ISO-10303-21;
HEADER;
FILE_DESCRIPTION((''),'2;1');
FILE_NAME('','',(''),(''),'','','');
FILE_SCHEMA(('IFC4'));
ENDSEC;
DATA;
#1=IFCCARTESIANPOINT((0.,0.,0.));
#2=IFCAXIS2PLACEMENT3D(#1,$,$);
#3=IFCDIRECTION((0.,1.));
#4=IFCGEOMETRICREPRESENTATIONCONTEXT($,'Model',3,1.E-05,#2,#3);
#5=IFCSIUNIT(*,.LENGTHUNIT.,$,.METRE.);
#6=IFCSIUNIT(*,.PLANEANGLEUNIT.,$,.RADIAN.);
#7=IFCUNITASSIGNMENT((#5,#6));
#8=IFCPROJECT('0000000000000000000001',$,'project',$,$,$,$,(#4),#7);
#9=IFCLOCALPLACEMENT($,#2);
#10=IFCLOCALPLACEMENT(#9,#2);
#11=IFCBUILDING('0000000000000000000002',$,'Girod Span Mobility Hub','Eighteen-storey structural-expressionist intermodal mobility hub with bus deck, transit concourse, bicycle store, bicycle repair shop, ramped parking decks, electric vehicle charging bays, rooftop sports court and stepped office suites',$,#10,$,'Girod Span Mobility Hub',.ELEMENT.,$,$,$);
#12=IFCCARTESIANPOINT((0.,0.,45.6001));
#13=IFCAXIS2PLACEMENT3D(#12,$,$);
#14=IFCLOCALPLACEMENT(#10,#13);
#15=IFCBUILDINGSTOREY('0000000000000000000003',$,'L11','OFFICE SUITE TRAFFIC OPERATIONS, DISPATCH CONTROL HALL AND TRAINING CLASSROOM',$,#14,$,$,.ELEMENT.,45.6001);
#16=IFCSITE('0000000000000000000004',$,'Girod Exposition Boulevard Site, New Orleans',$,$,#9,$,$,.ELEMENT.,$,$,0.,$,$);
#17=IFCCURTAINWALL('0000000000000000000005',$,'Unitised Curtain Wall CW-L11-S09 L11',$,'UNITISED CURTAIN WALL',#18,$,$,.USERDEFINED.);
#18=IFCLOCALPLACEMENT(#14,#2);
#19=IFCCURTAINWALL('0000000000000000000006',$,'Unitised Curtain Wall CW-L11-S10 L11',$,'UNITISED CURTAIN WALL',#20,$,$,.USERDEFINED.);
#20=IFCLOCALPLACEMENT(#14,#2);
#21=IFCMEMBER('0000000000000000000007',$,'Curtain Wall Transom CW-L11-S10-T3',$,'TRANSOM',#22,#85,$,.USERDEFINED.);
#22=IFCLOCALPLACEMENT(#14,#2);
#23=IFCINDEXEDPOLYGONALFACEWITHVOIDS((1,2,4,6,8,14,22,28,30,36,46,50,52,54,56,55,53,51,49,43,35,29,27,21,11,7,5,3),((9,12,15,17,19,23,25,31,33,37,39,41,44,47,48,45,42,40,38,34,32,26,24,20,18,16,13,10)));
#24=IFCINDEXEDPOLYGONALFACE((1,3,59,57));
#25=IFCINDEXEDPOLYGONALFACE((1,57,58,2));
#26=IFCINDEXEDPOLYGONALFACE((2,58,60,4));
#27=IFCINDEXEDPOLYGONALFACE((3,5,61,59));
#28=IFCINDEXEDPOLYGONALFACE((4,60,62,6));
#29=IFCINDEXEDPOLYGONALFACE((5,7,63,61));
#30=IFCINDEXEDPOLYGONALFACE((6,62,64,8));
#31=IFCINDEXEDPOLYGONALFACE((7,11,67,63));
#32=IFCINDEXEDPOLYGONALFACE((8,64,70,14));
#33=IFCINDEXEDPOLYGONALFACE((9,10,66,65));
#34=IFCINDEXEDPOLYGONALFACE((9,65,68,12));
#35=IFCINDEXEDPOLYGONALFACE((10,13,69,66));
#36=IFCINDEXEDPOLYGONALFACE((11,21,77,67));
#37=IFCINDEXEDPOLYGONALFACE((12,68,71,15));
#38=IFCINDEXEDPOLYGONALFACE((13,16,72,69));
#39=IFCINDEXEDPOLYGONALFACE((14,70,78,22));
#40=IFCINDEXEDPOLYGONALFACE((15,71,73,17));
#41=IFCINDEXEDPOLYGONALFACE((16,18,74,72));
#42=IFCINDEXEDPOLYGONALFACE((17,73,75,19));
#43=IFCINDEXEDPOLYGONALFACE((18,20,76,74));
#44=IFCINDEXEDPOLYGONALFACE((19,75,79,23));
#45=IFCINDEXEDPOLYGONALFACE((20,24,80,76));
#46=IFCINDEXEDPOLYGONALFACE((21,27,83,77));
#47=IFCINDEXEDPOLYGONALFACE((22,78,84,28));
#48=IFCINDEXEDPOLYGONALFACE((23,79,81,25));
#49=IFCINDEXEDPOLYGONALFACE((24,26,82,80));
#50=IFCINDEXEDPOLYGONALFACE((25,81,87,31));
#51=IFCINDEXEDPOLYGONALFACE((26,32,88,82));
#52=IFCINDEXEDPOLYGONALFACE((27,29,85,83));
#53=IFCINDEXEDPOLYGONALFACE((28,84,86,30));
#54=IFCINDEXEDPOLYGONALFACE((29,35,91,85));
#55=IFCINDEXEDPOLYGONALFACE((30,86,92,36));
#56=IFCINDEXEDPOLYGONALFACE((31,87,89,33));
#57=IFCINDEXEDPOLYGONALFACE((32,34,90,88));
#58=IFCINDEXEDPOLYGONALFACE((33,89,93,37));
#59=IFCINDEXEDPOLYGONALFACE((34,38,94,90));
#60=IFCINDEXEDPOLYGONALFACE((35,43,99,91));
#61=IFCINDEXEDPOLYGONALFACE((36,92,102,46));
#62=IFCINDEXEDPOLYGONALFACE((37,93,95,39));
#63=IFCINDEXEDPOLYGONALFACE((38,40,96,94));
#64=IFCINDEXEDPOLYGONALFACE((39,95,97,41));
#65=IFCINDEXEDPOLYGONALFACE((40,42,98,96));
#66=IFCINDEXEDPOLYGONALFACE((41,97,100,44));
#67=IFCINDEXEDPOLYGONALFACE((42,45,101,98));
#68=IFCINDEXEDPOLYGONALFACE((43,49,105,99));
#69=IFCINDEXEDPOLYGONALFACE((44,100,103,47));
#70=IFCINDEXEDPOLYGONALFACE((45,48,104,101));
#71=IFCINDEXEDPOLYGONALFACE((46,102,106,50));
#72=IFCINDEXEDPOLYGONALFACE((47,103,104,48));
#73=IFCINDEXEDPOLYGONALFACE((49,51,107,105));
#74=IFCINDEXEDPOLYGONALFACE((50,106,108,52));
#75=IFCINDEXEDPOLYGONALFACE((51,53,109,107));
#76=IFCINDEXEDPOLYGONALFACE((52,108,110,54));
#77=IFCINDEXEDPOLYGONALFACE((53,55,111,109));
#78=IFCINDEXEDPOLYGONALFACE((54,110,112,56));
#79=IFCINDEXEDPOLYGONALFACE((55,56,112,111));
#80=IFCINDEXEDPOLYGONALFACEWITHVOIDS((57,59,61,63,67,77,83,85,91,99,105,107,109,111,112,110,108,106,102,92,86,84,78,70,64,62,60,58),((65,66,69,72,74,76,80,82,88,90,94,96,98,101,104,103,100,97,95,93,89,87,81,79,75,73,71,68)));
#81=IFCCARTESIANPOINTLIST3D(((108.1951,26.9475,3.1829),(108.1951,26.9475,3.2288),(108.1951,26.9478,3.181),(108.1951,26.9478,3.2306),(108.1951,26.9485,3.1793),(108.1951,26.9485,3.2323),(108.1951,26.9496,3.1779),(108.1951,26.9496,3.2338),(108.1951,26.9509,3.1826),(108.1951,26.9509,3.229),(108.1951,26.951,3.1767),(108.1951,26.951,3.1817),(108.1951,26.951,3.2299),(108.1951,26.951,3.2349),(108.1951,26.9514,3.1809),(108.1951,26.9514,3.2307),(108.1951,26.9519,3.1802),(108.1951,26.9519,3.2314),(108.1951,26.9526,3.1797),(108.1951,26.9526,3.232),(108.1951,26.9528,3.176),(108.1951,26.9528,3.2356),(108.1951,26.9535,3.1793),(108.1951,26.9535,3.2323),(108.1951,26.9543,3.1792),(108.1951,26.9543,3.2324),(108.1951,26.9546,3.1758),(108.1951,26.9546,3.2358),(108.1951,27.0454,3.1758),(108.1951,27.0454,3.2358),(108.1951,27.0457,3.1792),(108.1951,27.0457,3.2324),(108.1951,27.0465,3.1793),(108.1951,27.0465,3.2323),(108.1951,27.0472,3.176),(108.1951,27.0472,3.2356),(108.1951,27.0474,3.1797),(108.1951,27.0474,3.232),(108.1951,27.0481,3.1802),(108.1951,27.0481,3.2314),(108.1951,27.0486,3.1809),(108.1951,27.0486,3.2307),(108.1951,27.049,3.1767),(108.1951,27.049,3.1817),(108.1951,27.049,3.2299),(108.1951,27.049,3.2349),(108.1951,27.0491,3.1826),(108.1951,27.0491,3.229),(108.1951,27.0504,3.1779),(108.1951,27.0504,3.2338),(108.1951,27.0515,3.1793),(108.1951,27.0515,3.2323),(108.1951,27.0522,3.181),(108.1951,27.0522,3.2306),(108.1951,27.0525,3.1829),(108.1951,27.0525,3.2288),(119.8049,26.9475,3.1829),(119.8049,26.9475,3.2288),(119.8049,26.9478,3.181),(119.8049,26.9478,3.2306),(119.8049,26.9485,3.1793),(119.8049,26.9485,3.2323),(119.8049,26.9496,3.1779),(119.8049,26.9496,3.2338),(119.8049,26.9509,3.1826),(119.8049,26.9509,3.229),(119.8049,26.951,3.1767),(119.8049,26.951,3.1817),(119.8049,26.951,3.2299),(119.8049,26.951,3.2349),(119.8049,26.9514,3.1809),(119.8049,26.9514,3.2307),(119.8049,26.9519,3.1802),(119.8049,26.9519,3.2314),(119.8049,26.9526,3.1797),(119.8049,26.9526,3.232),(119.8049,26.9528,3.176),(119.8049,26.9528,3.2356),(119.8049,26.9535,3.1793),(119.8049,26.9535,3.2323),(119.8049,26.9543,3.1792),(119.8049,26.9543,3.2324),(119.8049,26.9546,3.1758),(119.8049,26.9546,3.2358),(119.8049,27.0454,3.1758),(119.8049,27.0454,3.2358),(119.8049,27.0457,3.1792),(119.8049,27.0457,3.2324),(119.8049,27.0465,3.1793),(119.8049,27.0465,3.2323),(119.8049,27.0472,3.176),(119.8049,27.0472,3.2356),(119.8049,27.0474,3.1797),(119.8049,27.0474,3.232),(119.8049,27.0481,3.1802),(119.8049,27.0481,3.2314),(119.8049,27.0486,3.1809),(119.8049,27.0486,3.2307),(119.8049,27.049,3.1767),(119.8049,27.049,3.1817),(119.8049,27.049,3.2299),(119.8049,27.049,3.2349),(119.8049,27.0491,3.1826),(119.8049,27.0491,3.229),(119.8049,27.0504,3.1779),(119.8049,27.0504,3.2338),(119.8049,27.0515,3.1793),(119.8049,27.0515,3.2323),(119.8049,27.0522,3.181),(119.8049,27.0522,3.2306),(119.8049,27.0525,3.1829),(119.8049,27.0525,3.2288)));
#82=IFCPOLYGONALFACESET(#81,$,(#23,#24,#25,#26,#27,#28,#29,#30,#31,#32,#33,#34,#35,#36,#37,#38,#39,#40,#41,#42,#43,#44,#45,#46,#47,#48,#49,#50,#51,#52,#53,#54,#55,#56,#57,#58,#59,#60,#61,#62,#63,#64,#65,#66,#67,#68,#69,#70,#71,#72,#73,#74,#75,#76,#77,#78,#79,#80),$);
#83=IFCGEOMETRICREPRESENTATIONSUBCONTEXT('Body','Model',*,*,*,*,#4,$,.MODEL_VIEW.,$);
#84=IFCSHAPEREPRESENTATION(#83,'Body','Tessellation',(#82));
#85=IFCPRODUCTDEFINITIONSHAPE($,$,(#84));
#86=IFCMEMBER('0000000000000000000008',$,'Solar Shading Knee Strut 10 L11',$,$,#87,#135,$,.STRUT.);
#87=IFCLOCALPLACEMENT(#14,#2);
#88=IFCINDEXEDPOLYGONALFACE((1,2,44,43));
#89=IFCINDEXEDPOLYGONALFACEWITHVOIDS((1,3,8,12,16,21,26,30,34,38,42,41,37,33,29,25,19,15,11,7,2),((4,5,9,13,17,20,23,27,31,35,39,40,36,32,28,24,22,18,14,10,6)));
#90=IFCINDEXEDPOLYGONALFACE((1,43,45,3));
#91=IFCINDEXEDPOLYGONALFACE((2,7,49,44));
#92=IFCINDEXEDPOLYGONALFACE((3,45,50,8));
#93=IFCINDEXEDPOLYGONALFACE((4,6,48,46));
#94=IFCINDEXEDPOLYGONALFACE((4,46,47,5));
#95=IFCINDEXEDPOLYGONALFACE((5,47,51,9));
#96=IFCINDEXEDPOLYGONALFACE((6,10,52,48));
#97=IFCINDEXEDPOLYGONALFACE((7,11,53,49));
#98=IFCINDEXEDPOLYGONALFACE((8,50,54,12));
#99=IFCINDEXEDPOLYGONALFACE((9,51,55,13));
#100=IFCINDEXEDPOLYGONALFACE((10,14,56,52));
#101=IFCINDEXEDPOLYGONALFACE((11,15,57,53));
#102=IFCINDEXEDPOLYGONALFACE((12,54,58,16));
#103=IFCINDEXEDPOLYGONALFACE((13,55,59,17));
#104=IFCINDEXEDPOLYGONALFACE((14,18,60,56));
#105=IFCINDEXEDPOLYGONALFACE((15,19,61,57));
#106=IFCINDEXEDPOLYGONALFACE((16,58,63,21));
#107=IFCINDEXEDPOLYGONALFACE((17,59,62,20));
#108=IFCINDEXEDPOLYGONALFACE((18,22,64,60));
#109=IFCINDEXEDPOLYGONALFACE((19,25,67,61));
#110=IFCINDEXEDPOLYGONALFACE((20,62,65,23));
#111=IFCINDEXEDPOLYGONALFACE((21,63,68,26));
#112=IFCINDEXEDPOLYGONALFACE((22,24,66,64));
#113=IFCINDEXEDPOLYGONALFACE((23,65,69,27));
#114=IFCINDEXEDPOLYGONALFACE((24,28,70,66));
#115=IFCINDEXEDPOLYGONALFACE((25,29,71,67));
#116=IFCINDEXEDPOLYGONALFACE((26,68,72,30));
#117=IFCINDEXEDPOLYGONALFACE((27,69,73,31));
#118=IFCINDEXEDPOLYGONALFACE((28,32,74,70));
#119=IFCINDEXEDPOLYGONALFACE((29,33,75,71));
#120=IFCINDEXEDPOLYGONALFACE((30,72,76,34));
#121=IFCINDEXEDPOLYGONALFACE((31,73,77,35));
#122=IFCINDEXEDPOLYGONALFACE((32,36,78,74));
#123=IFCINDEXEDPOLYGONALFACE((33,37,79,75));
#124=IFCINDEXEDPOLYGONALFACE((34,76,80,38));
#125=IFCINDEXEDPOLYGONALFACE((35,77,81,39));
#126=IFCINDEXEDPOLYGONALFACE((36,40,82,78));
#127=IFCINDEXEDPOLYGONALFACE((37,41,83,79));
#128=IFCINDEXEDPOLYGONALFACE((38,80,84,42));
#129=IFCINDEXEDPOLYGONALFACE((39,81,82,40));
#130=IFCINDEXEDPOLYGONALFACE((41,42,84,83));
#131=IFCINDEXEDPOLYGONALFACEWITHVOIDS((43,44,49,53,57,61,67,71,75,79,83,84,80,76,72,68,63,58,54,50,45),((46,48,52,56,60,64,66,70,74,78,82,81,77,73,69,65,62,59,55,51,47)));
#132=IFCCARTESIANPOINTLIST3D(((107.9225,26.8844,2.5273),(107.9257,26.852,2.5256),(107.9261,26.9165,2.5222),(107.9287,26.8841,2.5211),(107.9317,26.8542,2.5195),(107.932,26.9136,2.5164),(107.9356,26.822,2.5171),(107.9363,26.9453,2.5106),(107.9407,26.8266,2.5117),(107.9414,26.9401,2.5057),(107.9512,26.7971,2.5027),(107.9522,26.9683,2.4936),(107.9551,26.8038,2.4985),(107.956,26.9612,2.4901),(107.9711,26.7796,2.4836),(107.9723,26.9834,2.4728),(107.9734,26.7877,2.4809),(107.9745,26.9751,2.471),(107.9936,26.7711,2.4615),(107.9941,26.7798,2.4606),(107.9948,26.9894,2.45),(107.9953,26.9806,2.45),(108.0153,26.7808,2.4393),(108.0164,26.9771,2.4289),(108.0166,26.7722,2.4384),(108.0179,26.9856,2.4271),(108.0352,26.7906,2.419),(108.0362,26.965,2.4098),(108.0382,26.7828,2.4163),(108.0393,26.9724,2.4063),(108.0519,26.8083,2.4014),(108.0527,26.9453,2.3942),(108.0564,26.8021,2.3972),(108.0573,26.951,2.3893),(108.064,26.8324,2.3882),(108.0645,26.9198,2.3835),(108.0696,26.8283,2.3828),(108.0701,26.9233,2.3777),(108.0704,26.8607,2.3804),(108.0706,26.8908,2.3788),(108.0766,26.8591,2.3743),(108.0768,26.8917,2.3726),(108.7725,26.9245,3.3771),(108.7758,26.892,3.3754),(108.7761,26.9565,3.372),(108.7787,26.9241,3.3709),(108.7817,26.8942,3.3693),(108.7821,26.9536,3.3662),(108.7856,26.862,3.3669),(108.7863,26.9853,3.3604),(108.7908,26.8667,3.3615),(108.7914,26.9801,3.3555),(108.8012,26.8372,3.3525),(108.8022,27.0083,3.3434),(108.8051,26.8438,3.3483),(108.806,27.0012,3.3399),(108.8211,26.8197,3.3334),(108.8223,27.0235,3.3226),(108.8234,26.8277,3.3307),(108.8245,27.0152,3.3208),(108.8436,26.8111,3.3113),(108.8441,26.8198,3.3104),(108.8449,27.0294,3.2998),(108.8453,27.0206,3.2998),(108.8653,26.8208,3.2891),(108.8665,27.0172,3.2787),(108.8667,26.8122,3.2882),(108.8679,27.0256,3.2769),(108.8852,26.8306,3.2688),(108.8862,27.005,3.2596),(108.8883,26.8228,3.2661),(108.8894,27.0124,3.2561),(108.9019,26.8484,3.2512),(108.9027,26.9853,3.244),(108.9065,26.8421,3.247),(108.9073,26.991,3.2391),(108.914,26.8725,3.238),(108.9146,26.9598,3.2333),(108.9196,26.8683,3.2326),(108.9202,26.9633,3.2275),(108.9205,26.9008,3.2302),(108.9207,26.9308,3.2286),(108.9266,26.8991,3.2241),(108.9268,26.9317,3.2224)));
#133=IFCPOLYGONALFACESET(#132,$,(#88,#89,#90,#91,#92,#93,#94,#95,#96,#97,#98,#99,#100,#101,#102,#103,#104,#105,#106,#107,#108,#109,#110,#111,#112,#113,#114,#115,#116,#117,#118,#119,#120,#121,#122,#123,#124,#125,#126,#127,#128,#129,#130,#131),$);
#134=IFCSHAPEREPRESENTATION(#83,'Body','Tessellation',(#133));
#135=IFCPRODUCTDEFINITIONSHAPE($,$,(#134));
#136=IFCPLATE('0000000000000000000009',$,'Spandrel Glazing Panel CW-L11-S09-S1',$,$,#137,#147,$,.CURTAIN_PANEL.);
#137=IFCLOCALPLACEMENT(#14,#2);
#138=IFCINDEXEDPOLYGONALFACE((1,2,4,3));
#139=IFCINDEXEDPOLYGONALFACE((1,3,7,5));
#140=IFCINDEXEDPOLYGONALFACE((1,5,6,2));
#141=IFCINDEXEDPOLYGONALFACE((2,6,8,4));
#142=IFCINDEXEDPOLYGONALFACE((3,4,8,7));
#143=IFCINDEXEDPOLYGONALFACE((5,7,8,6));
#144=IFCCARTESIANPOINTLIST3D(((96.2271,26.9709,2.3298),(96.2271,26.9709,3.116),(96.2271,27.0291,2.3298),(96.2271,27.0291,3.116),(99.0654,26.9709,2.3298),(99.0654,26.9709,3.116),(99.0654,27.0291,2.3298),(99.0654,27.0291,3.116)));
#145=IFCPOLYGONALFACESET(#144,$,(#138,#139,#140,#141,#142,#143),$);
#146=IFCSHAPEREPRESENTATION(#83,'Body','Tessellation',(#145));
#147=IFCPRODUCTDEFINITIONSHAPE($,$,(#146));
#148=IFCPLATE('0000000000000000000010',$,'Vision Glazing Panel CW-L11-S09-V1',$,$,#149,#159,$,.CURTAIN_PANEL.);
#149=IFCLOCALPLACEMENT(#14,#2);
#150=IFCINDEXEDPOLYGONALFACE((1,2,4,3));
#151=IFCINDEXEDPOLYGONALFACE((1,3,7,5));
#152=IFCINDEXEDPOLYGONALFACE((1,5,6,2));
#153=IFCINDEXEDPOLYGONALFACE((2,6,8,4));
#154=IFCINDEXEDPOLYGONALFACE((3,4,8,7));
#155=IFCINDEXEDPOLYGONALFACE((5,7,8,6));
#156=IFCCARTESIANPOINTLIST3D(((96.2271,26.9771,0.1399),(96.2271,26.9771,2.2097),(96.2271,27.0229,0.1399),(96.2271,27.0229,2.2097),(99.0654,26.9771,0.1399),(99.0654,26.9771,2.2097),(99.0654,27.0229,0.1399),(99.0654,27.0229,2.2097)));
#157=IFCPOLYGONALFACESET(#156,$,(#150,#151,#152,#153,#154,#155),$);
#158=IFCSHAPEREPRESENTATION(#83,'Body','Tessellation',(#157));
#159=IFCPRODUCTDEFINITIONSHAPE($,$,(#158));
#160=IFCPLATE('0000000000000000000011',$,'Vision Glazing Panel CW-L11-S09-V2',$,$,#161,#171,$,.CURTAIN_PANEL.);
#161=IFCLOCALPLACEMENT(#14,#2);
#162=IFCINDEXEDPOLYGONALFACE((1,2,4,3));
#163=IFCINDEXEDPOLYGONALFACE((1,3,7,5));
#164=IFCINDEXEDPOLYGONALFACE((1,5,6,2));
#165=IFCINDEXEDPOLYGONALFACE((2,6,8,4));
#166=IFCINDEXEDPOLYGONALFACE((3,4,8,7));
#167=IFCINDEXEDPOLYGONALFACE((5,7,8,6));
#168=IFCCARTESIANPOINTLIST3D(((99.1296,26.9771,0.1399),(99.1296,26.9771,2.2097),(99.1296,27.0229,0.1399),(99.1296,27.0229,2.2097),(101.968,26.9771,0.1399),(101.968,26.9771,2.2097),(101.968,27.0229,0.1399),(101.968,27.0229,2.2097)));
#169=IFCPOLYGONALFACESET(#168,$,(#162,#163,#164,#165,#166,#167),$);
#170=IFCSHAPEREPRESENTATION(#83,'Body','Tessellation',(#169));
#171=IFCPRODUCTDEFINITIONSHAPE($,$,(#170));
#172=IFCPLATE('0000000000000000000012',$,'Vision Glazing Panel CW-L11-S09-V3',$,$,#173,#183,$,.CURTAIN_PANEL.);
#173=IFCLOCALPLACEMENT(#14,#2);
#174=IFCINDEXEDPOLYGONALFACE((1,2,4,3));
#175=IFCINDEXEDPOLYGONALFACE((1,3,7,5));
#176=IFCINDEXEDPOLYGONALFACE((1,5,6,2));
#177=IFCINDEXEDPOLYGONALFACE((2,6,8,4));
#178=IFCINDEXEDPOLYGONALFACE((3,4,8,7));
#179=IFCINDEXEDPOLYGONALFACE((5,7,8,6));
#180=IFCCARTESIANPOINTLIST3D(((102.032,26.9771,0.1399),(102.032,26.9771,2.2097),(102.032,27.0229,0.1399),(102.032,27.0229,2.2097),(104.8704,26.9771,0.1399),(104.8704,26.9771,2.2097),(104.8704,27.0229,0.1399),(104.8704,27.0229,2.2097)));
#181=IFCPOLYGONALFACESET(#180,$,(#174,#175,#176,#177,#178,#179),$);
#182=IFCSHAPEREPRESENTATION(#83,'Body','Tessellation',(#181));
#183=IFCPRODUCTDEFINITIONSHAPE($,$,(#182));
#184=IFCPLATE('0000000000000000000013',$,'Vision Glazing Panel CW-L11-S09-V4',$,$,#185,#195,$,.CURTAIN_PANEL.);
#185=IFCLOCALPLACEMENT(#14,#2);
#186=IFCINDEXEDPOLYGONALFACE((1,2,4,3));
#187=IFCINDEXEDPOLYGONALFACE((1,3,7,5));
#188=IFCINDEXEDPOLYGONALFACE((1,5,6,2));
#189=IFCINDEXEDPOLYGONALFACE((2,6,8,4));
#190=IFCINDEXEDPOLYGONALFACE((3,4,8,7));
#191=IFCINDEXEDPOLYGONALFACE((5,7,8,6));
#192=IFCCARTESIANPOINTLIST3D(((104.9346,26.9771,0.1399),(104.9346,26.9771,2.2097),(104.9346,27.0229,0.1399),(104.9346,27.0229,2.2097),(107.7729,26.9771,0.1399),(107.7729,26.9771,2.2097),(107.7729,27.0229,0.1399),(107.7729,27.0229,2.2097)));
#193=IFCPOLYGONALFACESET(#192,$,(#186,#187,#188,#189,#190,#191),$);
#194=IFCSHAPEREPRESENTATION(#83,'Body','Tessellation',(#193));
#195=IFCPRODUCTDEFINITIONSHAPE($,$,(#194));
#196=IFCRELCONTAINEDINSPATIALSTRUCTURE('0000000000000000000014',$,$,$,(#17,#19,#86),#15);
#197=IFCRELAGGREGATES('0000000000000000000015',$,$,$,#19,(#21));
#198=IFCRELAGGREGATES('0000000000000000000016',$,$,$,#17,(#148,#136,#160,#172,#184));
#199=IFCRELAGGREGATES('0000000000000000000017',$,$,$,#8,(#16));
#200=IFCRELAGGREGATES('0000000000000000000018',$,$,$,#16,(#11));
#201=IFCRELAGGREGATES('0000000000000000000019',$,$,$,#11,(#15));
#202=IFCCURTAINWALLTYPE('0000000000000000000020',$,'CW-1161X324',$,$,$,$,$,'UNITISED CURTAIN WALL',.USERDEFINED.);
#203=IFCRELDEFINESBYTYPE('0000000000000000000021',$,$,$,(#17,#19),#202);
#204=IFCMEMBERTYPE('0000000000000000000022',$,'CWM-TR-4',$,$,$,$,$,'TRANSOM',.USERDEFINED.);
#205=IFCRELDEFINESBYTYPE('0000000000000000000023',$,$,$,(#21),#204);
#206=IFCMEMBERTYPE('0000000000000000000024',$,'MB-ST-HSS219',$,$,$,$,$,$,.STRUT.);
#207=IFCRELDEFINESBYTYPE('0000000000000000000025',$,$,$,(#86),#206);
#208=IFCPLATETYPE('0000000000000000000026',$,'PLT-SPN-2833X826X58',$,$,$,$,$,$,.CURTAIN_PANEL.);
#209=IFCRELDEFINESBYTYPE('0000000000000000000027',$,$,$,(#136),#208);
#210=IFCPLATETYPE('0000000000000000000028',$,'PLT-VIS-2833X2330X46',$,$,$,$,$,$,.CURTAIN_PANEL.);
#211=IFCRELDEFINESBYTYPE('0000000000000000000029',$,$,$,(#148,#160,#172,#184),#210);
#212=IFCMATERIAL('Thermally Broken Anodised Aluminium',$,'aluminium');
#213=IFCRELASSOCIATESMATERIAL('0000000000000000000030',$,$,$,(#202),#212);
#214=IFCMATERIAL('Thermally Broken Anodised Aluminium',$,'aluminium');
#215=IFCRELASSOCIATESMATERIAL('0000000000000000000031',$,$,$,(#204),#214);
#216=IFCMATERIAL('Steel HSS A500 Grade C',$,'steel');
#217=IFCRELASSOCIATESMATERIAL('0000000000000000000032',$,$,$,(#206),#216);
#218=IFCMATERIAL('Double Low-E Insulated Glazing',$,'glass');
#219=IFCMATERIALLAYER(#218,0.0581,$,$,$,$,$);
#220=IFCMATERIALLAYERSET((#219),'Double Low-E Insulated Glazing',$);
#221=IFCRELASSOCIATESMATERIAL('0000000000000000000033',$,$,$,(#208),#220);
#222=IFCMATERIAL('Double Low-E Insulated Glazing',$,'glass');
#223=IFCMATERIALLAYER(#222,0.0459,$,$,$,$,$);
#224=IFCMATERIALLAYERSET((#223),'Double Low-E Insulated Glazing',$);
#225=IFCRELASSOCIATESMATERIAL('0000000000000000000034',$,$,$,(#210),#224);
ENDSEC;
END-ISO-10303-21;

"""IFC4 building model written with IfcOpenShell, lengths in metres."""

from ifc_helpers import new_model, si_unit, direction, frame, origin, origin_2d, place, context, subcontext, project, spatial, rectangle, hollow_rectangle, hollow_circle, extrude, material, layer, layer_set, material_profile, profile_set, type_object, element, aggregate, save


model = new_model("IFC4")

# Units and contexts
model_context = context("Model", 3, precision=1e-05, world=origin(), true_north=direction((0.0, 1.0)))
body_context = subcontext(model_context, "Body", "Model", "MODEL_VIEW")
ifc_project = project(units=[si_unit("LENGTHUNIT", "METRE"), si_unit("PLANEANGLEUNIT", "RADIAN")], contexts=[model_context])

# Site, building, storey
site_placement = place(None, origin())
site = spatial("IfcSite", under=ifc_project, at=site_placement, Name="Girod Exposition Boulevard Site, New Orleans", CompositionType="ELEMENT", RefElevation=0.0)
building_placement = place(site_placement, origin())
building = spatial("IfcBuilding", under=site, at=building_placement, Name="Girod Span Mobility Hub", Description="Eighteen-storey structural-expressionist intermodal mobility hub with bus deck, transit concourse, bicycle store, bicycle repair shop, ramped parking decks, electric vehicle charging bays, rooftop sports court and stepped office suites", LongName="Girod Span Mobility Hub", CompositionType="ELEMENT")
storey_placement = place(building_placement, frame((0.0, 0.0, 45.6001)))
storey = spatial("IfcBuildingStorey", under=building, at=storey_placement, Name="L11", Description="OFFICE SUITE TRAFFIC OPERATIONS, DISPATCH CONTROL HALL AND TRAINING CLASSROOM", CompositionType="ELEMENT", Elevation=45.6001)

# Curtain walls, member
ifc_material_1 = material(Name="Thermally Broken Anodised Aluminium", Category="aluminium")
curtain_wall_type = type_object("IfcCurtainWallType", Name="CW-1161X324", ElementType="UNITISED CURTAIN WALL", PredefinedType="USERDEFINED", material=ifc_material_1)
curtain_wall_1_placement = place(storey_placement, origin())
curtain_wall_1 = element("IfcCurtainWall", 1, at=curtain_wall_1_placement, inside=storey, type_object=curtain_wall_type, Name="Unitised Curtain Wall CW-L11-S09 L11", ObjectType="UNITISED CURTAIN WALL", PredefinedType="USERDEFINED")
ifc_material_2 = material(Name="Thermally Broken Anodised Aluminium", Category="aluminium")
ifc_material_profile_1 = material_profile(ifc_material_2, hollow_rectangle(XDim=0.105, YDim=0.0601, WallThickness=0.0034, InnerFilletRadius=0.0034, OuterFilletRadius=0.0071, at=origin_2d()), Name="CW-TR-60X105")
ifc_profile_set_1 = profile_set([ifc_material_profile_1], Name="Thermally Broken Anodised Aluminium")
member_type_1 = type_object("IfcMemberType", Name="CWM-TR-4", ElementType="TRANSOM", PredefinedType="USERDEFINED", material=ifc_profile_set_1)
curtain_wall_2_placement = place(storey_placement, origin())
curtain_wall_2 = element("IfcCurtainWall", 2, at=curtain_wall_2_placement, inside=storey, type_object=curtain_wall_type, Name="Unitised Curtain Wall CW-L11-S10 L11", ObjectType="UNITISED CURTAIN WALL", PredefinedType="USERDEFINED")
member_1_placement = place(storey_placement, frame((108.1951, 27.0, 3.2058), z_axis=(1.0, 0.0, 0.0), x_axis=(0.0, 1.0, 0.0)))
member_1 = element("IfcMember", 3, at=member_1_placement, type_object=member_type_1, Name="Curtain Wall Transom CW-L11-S10-T3", ObjectType="TRANSOM", PredefinedType="USERDEFINED", context=body_context, shape_type="SweptSolid", body=[
    extrude(hollow_rectangle(XDim=0.105, YDim=0.0601, WallThickness=0.0034, InnerFilletRadius=0.0034, OuterFilletRadius=0.0071, at=origin_2d()), origin(), (0.0, 0.0, 1.0), 11.6099),
])
aggregate(curtain_wall_2, [member_1])

# Member
ifc_material_3 = material(Name="Steel HSS A500 Grade C", Category="steel")
ifc_material_profile_2 = material_profile(ifc_material_3, hollow_circle(Radius=0.1096, WallThickness=0.0088, at=origin_2d()), Name="HSS219X9.5")
ifc_profile_set_2 = profile_set([ifc_material_profile_2], Name="Steel HSS A500 Grade C")
member_type_2 = type_object("IfcMemberType", Name="MB-ST-HSS219", PredefinedType="STRUT", material=ifc_profile_set_2)
member_2_placement = place(storey_placement, frame((108.0, 26.8799, 2.45), z_axis=(0.706816, 0.033291, 0.706613), x_axis=(-0.047047, 0.998893, 0.0)))
element("IfcMember", 4, at=member_2_placement, inside=storey, type_object=member_type_2, Name="Solar Shading Knee Strut 10 L11", PredefinedType="STRUT", context=body_context, shape_type="SweptSolid", body=[
    extrude(hollow_circle(Radius=0.1096, WallThickness=0.0088, at=origin_2d()), origin(), (0.0, 0.0, 1.0), 1.2026),
])

# Plates
ifc_material_4 = material(Name="Double Low-E Insulated Glazing", Category="glass")
ifc_layer_1 = layer(ifc_material_4, 0.0581)
ifc_layer_set_1 = layer_set([ifc_layer_1], Name="Double Low-E Insulated Glazing")
plate_type_1 = type_object("IfcPlateType", Name="PLT-SPN-2833X826X58", PredefinedType="CURTAIN_PANEL", material=ifc_layer_set_1)
plate_1_placement = place(storey_placement, frame((97.6462, 27.0, 2.3298), z_axis=(0.0, 0.0, 1.0), x_axis=(1.0, 0.0, 0.0)))
plate_1 = element("IfcPlate", 5, at=plate_1_placement, type_object=plate_type_1, Name="Spandrel Glazing Panel CW-L11-S09-S1", PredefinedType="CURTAIN_PANEL", context=body_context, shape_type="SweptSolid", body=[
    extrude(rectangle(XDim=2.8384, YDim=0.0581, at=origin_2d()), origin(), (0.0, 0.0, 1.0), 0.7861),
])
ifc_material_5 = material(Name="Double Low-E Insulated Glazing", Category="glass")
ifc_layer_2 = layer(ifc_material_5, 0.0459)
ifc_layer_set_2 = layer_set([ifc_layer_2], Name="Double Low-E Insulated Glazing")
plate_type_2 = type_object("IfcPlateType", Name="PLT-VIS-2833X2330X46", PredefinedType="CURTAIN_PANEL", material=ifc_layer_set_2)
plate_2_placement = place(storey_placement, frame((97.6462, 27.0, 0.1399), z_axis=(0.0, 0.0, 1.0), x_axis=(1.0, 0.0, 0.0)))
plate_2 = element("IfcPlate", 6, at=plate_2_placement, type_object=plate_type_2, Name="Vision Glazing Panel CW-L11-S09-V1", PredefinedType="CURTAIN_PANEL", context=body_context, shape_type="SweptSolid", body=[
    extrude(rectangle(XDim=2.8384, YDim=0.0459, at=origin_2d()), origin(), (0.0, 0.0, 1.0), 2.0698),
])
plate_3_placement = place(storey_placement, frame((100.5488, 27.0, 0.1399), z_axis=(0.0, 0.0, 1.0), x_axis=(1.0, 0.0, 0.0)))
plate_3 = element("IfcPlate", 7, at=plate_3_placement, type_object=plate_type_2, Name="Vision Glazing Panel CW-L11-S09-V2", PredefinedType="CURTAIN_PANEL", context=body_context, shape_type="SweptSolid", body=[
    extrude(rectangle(XDim=2.8384, YDim=0.0459, at=origin_2d()), origin(), (0.0, 0.0, 1.0), 2.0698),
])
plate_4_placement = place(storey_placement, frame((103.4512, 27.0, 0.1399), z_axis=(0.0, 0.0, 1.0), x_axis=(1.0, 0.0, 0.0)))
plate_4 = element("IfcPlate", 8, at=plate_4_placement, type_object=plate_type_2, Name="Vision Glazing Panel CW-L11-S09-V3", PredefinedType="CURTAIN_PANEL", context=body_context, shape_type="SweptSolid", body=[
    extrude(rectangle(XDim=2.8384, YDim=0.0459, at=origin_2d()), origin(), (0.0, 0.0, 1.0), 2.0698),
])
plate_5_placement = place(storey_placement, frame((106.3538, 27.0, 0.1399), z_axis=(0.0, 0.0, 1.0), x_axis=(1.0, 0.0, 0.0)))
plate_5 = element("IfcPlate", 9, at=plate_5_placement, type_object=plate_type_2, Name="Vision Glazing Panel CW-L11-S09-V4", PredefinedType="CURTAIN_PANEL", context=body_context, shape_type="SweptSolid", body=[
    extrude(rectangle(XDim=2.8384, YDim=0.0459, at=origin_2d()), origin(), (0.0, 0.0, 1.0), 2.0698),
])
aggregate(curtain_wall_1, [plate_2, plate_1, plate_3, plate_4, plate_5])

save(model, "model.ifc")
